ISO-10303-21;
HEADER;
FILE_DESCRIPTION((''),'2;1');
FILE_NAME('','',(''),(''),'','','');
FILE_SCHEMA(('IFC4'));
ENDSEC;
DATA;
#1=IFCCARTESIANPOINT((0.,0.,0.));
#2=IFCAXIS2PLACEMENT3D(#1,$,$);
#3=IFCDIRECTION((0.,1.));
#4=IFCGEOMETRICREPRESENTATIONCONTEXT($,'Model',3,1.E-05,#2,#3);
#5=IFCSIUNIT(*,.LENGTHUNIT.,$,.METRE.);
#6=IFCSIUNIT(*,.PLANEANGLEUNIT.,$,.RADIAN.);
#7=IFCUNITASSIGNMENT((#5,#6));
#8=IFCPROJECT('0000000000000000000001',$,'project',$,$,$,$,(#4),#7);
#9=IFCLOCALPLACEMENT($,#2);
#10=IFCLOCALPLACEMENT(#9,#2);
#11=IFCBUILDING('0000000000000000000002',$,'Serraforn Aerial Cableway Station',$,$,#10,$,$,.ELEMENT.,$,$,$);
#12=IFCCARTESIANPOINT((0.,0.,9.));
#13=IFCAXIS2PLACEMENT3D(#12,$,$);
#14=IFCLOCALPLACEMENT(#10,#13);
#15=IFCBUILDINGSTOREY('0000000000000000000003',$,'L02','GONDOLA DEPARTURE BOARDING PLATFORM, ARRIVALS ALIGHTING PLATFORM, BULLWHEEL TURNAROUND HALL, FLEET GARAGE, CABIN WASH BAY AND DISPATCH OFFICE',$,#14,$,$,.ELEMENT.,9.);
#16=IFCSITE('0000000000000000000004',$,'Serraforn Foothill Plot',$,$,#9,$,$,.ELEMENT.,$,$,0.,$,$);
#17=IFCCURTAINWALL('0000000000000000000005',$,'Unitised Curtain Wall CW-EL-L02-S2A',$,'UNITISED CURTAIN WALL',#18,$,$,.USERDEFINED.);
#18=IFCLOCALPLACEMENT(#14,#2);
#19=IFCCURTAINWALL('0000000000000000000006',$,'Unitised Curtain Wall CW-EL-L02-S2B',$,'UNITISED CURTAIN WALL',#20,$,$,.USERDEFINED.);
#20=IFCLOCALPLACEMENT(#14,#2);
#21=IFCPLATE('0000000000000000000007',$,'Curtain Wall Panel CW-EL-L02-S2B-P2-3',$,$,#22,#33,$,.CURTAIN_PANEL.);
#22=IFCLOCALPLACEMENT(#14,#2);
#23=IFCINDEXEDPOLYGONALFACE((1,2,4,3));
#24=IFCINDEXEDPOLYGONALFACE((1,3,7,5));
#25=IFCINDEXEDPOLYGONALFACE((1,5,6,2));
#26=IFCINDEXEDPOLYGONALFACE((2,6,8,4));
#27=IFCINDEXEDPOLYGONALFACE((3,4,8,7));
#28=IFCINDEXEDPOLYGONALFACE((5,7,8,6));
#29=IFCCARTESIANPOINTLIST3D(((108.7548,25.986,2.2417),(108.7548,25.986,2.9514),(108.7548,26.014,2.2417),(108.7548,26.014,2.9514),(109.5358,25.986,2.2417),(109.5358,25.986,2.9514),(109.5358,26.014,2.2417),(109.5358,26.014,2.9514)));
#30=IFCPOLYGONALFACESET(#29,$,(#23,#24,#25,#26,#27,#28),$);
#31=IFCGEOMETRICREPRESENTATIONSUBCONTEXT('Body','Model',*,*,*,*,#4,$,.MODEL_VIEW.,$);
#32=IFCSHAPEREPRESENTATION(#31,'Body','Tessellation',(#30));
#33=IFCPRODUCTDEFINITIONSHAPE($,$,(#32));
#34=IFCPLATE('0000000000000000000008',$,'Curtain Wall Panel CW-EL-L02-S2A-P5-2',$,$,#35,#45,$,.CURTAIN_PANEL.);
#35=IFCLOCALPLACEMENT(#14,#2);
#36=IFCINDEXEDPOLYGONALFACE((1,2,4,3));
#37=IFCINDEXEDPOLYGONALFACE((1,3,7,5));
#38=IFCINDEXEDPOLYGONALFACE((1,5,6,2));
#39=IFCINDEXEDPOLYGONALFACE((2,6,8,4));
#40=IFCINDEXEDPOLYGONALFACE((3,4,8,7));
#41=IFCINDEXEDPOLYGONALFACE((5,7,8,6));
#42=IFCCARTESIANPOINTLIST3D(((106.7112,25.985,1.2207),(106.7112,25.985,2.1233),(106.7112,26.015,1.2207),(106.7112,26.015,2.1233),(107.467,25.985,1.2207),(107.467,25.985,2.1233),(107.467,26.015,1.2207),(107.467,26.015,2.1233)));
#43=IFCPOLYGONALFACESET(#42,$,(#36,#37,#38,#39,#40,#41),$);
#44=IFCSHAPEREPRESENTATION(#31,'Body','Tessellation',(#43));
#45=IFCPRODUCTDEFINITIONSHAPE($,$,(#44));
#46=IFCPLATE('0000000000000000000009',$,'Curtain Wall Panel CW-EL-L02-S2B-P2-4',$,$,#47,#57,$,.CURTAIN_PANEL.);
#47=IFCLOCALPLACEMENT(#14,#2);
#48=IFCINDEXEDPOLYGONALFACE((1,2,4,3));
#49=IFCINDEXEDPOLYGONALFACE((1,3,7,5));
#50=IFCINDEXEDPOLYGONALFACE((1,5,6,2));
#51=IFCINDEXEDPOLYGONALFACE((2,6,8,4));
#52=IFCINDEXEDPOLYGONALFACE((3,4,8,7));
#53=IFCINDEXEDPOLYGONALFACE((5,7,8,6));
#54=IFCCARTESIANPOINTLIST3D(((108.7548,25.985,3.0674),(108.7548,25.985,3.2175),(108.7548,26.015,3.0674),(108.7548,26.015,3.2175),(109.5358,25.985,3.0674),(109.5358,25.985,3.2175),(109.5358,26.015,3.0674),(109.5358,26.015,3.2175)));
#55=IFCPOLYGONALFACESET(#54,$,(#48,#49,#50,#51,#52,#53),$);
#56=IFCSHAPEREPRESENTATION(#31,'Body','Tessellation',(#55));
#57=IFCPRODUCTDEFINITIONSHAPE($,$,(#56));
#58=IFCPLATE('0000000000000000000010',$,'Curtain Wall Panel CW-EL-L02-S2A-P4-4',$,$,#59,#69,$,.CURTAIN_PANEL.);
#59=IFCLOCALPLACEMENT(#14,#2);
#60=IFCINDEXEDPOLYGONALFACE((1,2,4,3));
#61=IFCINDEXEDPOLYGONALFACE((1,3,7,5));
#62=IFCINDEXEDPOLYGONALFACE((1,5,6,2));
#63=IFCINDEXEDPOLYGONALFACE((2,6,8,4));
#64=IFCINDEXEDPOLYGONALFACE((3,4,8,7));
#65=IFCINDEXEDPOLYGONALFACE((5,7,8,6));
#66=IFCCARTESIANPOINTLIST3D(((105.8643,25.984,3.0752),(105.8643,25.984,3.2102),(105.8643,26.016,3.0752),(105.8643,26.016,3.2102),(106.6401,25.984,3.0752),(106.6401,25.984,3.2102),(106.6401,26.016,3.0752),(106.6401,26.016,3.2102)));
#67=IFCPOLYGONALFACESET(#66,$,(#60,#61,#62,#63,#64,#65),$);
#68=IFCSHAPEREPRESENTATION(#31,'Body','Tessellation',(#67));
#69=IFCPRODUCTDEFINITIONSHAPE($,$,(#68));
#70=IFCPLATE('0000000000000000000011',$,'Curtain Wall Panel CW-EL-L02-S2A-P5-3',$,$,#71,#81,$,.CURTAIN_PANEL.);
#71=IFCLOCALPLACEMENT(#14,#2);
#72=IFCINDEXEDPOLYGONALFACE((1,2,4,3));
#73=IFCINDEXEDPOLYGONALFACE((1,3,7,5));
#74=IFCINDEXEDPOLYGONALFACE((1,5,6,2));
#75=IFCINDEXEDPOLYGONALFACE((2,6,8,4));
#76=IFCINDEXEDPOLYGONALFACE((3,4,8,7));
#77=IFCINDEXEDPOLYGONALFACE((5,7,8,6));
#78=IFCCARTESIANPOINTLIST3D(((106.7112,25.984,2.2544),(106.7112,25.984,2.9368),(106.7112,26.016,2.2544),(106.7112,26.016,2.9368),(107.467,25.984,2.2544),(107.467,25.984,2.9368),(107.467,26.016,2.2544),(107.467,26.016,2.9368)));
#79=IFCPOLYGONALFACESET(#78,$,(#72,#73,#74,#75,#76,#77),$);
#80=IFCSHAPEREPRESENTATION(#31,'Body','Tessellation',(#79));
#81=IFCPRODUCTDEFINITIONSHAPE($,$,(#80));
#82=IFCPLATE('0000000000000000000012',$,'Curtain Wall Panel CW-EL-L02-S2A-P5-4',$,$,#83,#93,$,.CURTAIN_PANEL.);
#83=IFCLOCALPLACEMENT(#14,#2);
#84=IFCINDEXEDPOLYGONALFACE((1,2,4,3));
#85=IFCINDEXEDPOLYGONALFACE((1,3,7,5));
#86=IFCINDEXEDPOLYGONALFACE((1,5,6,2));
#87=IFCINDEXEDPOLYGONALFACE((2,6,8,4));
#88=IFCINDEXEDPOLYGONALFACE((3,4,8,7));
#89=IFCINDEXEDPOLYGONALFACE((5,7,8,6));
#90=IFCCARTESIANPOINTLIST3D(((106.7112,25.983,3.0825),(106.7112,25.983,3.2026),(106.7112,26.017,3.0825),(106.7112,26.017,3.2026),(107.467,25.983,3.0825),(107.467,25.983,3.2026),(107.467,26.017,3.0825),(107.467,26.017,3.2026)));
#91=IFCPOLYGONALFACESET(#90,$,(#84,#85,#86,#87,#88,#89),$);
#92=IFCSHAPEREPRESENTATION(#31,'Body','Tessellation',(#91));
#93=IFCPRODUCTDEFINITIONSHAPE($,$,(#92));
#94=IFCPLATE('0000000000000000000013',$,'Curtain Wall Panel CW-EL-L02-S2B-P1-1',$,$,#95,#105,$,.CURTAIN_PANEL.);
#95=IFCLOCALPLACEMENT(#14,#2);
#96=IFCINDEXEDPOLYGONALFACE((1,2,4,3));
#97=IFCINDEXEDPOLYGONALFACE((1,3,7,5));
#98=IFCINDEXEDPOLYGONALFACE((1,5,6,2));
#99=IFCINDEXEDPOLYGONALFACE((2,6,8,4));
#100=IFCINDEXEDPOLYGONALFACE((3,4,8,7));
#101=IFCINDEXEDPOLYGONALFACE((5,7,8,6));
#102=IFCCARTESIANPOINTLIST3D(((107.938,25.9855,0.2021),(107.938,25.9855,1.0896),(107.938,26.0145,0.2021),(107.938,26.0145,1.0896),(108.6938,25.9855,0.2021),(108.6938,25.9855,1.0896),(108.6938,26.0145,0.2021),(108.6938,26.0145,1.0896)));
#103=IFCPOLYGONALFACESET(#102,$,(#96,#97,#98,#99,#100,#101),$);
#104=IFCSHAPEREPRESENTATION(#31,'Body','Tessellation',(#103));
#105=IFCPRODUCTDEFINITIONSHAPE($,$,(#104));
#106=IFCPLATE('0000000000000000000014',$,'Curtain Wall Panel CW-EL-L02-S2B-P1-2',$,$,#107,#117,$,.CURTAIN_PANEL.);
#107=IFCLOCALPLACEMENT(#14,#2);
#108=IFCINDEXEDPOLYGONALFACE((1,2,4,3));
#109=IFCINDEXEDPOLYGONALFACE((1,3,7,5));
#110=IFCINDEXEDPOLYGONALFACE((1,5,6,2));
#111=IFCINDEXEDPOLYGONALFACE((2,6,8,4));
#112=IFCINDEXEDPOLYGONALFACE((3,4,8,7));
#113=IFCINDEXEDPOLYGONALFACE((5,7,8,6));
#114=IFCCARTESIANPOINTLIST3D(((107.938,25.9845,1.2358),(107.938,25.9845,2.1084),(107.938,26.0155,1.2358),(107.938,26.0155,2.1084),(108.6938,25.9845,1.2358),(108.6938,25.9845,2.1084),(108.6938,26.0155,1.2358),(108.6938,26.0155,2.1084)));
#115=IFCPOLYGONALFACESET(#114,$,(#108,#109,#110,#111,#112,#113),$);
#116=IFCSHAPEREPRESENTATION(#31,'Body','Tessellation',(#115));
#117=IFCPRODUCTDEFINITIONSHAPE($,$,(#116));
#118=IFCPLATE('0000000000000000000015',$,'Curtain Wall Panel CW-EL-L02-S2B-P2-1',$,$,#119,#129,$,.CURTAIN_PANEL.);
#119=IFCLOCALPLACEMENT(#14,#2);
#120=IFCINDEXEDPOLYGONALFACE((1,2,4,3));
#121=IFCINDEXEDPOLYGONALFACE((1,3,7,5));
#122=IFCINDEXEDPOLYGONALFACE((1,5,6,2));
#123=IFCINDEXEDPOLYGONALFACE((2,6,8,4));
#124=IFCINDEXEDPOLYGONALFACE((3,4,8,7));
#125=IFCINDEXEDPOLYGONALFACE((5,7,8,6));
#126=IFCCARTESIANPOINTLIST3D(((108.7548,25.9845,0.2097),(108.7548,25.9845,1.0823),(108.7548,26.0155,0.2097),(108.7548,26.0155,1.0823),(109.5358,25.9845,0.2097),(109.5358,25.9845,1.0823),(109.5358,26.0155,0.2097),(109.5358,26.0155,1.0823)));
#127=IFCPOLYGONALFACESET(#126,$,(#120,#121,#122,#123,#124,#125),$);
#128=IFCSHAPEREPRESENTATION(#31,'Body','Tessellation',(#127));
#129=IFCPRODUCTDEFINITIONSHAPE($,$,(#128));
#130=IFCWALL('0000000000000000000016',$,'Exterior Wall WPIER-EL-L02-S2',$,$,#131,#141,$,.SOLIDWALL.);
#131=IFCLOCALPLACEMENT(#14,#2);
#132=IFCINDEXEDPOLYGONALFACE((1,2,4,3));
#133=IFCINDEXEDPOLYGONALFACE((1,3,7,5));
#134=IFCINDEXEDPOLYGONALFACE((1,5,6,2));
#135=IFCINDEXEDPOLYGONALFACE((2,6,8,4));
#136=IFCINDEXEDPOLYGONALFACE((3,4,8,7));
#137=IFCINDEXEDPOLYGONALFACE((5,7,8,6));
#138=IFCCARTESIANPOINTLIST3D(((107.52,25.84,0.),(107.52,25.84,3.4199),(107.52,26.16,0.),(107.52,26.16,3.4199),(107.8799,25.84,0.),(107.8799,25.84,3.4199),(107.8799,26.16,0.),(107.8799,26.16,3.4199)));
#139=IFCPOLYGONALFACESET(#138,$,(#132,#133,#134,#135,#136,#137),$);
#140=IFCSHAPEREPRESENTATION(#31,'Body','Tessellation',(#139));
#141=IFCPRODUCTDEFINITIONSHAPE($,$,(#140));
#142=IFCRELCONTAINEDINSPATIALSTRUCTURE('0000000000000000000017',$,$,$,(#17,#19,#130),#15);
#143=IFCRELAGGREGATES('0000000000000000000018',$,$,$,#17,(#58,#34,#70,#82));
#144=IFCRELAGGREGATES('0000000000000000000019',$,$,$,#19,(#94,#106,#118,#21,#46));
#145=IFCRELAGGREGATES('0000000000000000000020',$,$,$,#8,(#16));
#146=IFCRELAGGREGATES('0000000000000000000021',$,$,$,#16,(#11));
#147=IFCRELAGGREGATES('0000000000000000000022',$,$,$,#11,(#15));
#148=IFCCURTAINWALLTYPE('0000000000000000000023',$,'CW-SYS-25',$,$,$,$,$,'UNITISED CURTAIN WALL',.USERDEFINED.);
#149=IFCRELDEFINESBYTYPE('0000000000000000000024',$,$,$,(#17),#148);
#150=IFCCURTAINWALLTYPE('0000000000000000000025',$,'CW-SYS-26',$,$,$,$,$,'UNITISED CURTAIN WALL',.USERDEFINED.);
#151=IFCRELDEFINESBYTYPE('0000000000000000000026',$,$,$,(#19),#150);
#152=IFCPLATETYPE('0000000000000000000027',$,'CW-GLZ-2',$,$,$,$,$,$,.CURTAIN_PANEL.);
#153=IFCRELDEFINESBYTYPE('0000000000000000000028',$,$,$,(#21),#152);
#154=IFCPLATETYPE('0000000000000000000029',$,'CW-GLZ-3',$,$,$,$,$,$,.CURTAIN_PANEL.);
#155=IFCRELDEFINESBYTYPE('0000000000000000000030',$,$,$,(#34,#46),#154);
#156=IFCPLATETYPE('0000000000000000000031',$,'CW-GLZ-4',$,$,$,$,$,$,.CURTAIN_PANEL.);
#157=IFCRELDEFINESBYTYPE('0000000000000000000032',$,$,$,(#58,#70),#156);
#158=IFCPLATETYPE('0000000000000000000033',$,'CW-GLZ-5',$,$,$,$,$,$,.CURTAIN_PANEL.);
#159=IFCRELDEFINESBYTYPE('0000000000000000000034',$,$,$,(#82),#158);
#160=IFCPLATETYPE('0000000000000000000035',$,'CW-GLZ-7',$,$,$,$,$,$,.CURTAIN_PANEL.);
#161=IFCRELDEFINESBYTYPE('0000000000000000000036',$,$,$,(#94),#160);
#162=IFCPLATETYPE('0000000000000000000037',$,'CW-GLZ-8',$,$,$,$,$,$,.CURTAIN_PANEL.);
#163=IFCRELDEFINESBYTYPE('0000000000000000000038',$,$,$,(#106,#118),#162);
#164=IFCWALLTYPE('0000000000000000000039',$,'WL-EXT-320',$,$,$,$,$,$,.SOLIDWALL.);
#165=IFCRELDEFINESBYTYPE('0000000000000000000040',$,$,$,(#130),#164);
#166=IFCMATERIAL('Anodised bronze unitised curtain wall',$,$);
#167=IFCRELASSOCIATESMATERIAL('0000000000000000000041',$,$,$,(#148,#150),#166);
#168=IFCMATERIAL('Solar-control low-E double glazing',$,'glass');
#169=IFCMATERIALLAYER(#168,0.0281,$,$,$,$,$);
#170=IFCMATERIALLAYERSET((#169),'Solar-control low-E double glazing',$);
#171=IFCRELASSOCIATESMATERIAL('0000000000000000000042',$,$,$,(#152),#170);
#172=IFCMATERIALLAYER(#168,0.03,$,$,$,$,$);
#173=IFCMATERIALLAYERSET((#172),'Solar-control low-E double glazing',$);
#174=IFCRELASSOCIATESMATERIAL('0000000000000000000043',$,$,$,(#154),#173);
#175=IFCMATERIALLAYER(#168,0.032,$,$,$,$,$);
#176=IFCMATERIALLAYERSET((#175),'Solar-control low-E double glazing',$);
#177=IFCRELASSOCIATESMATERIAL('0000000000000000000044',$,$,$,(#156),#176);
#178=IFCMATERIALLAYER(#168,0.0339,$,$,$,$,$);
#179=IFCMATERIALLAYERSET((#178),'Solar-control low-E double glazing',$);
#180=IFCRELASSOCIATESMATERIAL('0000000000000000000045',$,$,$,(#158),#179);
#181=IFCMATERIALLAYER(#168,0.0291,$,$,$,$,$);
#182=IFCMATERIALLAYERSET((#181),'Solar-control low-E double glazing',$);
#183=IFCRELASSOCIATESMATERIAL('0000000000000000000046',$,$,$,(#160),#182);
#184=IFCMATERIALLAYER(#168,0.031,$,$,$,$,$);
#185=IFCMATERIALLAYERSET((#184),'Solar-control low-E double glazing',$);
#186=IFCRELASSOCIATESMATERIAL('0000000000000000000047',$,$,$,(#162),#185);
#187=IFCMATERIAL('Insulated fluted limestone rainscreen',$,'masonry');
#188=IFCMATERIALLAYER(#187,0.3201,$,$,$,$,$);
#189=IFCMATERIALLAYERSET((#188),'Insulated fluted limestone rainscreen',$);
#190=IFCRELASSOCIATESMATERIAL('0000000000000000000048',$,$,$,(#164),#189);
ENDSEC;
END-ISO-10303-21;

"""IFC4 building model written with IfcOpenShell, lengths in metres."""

from ifc_helpers import new_model, si_unit, direction, frame, frame_2d, origin, origin_2d, place, context, subcontext, project, spatial, rectangle, extrude, material, layer, layer_set, type_object, element, aggregate, save


model = new_model("IFC4")

# Units and contexts
model_context = context("Model", 3, precision=1e-05, world=origin(), true_north=direction((0.0, 1.0)))
body_context = subcontext(model_context, "Body", "Model", "MODEL_VIEW")
ifc_project = project(units=[si_unit("LENGTHUNIT", "METRE"), si_unit("PLANEANGLEUNIT", "RADIAN")], contexts=[model_context])

# Site, building, storey
site_placement = place(None, origin())
site = spatial("IfcSite", under=ifc_project, at=site_placement, Name="Serraforn Foothill Plot", CompositionType="ELEMENT", RefElevation=0.0)
building_placement = place(site_placement, origin())
building = spatial("IfcBuilding", under=site, at=building_placement, Name="Serraforn Aerial Cableway Station", CompositionType="ELEMENT")
storey_placement = place(building_placement, frame((0.0, 0.0, 9.0)))
storey = spatial("IfcBuildingStorey", under=building, at=storey_placement, Name="L02", Description="GONDOLA DEPARTURE BOARDING PLATFORM, ARRIVALS ALIGHTING PLATFORM, BULLWHEEL TURNAROUND HALL, FLEET GARAGE, CABIN WASH BAY AND DISPATCH OFFICE", CompositionType="ELEMENT", Elevation=9.0)

# Curtain wall
ifc_material_1 = material(Name="Anodised bronze unitised curtain wall")
curtain_wall_type_1 = type_object("IfcCurtainWallType", Name="CW-SYS-25", ElementType="UNITISED CURTAIN WALL", PredefinedType="USERDEFINED", material=ifc_material_1)
curtain_wall_1_placement = place(storey_placement, origin())
curtain_wall_1 = element("IfcCurtainWall", 1, at=curtain_wall_1_placement, inside=storey, type_object=curtain_wall_type_1, Name="Unitised Curtain Wall CW-EL-L02-S2A", ObjectType="UNITISED CURTAIN WALL", PredefinedType="USERDEFINED")

# Curtain wall
curtain_wall_type_2 = type_object("IfcCurtainWallType", Name="CW-SYS-26", ElementType="UNITISED CURTAIN WALL", PredefinedType="USERDEFINED", material=ifc_material_1)
curtain_wall_2_placement = place(storey_placement, origin())
curtain_wall_2 = element("IfcCurtainWall", 2, at=curtain_wall_2_placement, inside=storey, type_object=curtain_wall_type_2, Name="Unitised Curtain Wall CW-EL-L02-S2B", ObjectType="UNITISED CURTAIN WALL", PredefinedType="USERDEFINED")

# Plates
ifc_material_2 = material(Name="Solar-control low-E double glazing", Category="glass")
ifc_layer_1 = layer(ifc_material_2, 0.0281)
ifc_layer_set_1 = layer_set([ifc_layer_1], Name="Solar-control low-E double glazing")
plate_type_1 = type_object("IfcPlateType", Name="CW-GLZ-2", PredefinedType="CURTAIN_PANEL", material=ifc_layer_set_1)
plate_1_placement = place(storey_placement, frame((109.1453, 26.0, 2.2417), z_axis=(0.0, 0.0, 1.0), x_axis=(1.0, 0.0, 0.0)))
plate_1 = element("IfcPlate", 3, at=plate_1_placement, type_object=plate_type_1, Name="Curtain Wall Panel CW-EL-L02-S2B-P2-3", PredefinedType="CURTAIN_PANEL", context=body_context, shape_type="SweptSolid", body=[
    extrude(rectangle(XDim=0.781, YDim=0.0281, at=origin_2d()), origin(), (0.0, 0.0, 1.0), 0.7097),
])
ifc_layer_2 = layer(ifc_material_2, 0.03)
ifc_layer_set_2 = layer_set([ifc_layer_2], Name="Solar-control low-E double glazing")
plate_type_2 = type_object("IfcPlateType", Name="CW-GLZ-3", PredefinedType="CURTAIN_PANEL", material=ifc_layer_set_2)
plate_2_placement = place(storey_placement, frame((107.0891, 26.0, 1.2207), z_axis=(0.0, 0.0, 1.0), x_axis=(1.0, 0.0, 0.0)))
plate_2 = element("IfcPlate", 4, at=plate_2_placement, type_object=plate_type_2, Name="Curtain Wall Panel CW-EL-L02-S2A-P5-2", PredefinedType="CURTAIN_PANEL", context=body_context, shape_type="SweptSolid", body=[
    extrude(rectangle(XDim=0.7559, YDim=0.03, at=origin_2d()), origin(), (0.0, 0.0, 1.0), 0.9026),
])
plate_3_placement = place(storey_placement, frame((109.1453, 26.0, 3.0674), z_axis=(0.0, 0.0, 1.0), x_axis=(1.0, 0.0, 0.0)))
plate_3 = element("IfcPlate", 5, at=plate_3_placement, type_object=plate_type_2, Name="Curtain Wall Panel CW-EL-L02-S2B-P2-4", PredefinedType="CURTAIN_PANEL", context=body_context, shape_type="SweptSolid", body=[
    extrude(rectangle(XDim=0.781, YDim=0.03, at=origin_2d()), origin(), (0.0, 0.0, 1.0), 0.1501),
])
ifc_layer_3 = layer(ifc_material_2, 0.032)
ifc_layer_set_3 = layer_set([ifc_layer_3], Name="Solar-control low-E double glazing")
plate_type_3 = type_object("IfcPlateType", Name="CW-GLZ-4", PredefinedType="CURTAIN_PANEL", material=ifc_layer_set_3)
plate_4_placement = place(storey_placement, frame((106.2522, 26.0, 3.0752), z_axis=(0.0, 0.0, 1.0), x_axis=(1.0, 0.0, 0.0)))
plate_4 = element("IfcPlate", 6, at=plate_4_placement, type_object=plate_type_3, Name="Curtain Wall Panel CW-EL-L02-S2A-P4-4", PredefinedType="CURTAIN_PANEL", context=body_context, shape_type="SweptSolid", body=[
    extrude(rectangle(XDim=0.7759, YDim=0.032, at=origin_2d()), origin(), (0.0, 0.0, 1.0), 0.135),
])
plate_5_placement = place(storey_placement, frame((107.0891, 26.0, 2.2544), z_axis=(0.0, 0.0, 1.0), x_axis=(1.0, 0.0, 0.0)))
plate_5 = element("IfcPlate", 7, at=plate_5_placement, type_object=plate_type_3, Name="Curtain Wall Panel CW-EL-L02-S2A-P5-3", PredefinedType="CURTAIN_PANEL", context=body_context, shape_type="SweptSolid", body=[
    extrude(rectangle(XDim=0.7559, YDim=0.032, at=origin_2d()), origin(), (0.0, 0.0, 1.0), 0.6824),
])
ifc_layer_4 = layer(ifc_material_2, 0.0339)
ifc_layer_set_4 = layer_set([ifc_layer_4], Name="Solar-control low-E double glazing")
plate_type_4 = type_object("IfcPlateType", Name="CW-GLZ-5", PredefinedType="CURTAIN_PANEL", material=ifc_layer_set_4)
plate_6_placement = place(storey_placement, frame((107.0891, 26.0, 3.0825), z_axis=(0.0, 0.0, 1.0), x_axis=(1.0, 0.0, 0.0)))
plate_6 = element("IfcPlate", 8, at=plate_6_placement, type_object=plate_type_4, Name="Curtain Wall Panel CW-EL-L02-S2A-P5-4", PredefinedType="CURTAIN_PANEL", context=body_context, shape_type="SweptSolid", body=[
    extrude(rectangle(XDim=0.7559, YDim=0.0339, at=origin_2d()), origin(), (0.0, 0.0, 1.0), 0.1201),
])
aggregate(curtain_wall_1, [plate_4, plate_2, plate_5, plate_6])
ifc_layer_5 = layer(ifc_material_2, 0.0291)
ifc_layer_set_5 = layer_set([ifc_layer_5], Name="Solar-control low-E double glazing")
plate_type_5 = type_object("IfcPlateType", Name="CW-GLZ-7", PredefinedType="CURTAIN_PANEL", material=ifc_layer_set_5)
plate_7_placement = place(storey_placement, frame((108.3159, 26.0, 0.2021), z_axis=(0.0, 0.0, 1.0), x_axis=(1.0, 0.0, 0.0)))
plate_7 = element("IfcPlate", 9, at=plate_7_placement, type_object=plate_type_5, Name="Curtain Wall Panel CW-EL-L02-S2B-P1-1", PredefinedType="CURTAIN_PANEL", context=body_context, shape_type="SweptSolid", body=[
    extrude(rectangle(XDim=0.7559, YDim=0.0291, at=origin_2d()), origin(), (0.0, 0.0, 1.0), 0.8875),
])
ifc_layer_6 = layer(ifc_material_2, 0.031)
ifc_layer_set_6 = layer_set([ifc_layer_6], Name="Solar-control low-E double glazing")
plate_type_6 = type_object("IfcPlateType", Name="CW-GLZ-8", PredefinedType="CURTAIN_PANEL", material=ifc_layer_set_6)
plate_8_placement = place(storey_placement, frame((108.3159, 26.0, 1.2358), z_axis=(0.0, 0.0, 1.0), x_axis=(1.0, 0.0, 0.0)))
plate_8 = element("IfcPlate", 10, at=plate_8_placement, type_object=plate_type_6, Name="Curtain Wall Panel CW-EL-L02-S2B-P1-2", PredefinedType="CURTAIN_PANEL", context=body_context, shape_type="SweptSolid", body=[
    extrude(rectangle(XDim=0.7559, YDim=0.031, at=origin_2d()), origin(), (0.0, 0.0, 1.0), 0.8726),
])
plate_9_placement = place(storey_placement, frame((109.1453, 26.0, 0.2097), z_axis=(0.0, 0.0, 1.0), x_axis=(1.0, 0.0, 0.0)))
plate_9 = element("IfcPlate", 11, at=plate_9_placement, type_object=plate_type_6, Name="Curtain Wall Panel CW-EL-L02-S2B-P2-1", PredefinedType="CURTAIN_PANEL", context=body_context, shape_type="SweptSolid", body=[
    extrude(rectangle(XDim=0.781, YDim=0.031, at=origin_2d()), origin(), (0.0, 0.0, 1.0), 0.8726),
])
aggregate(curtain_wall_2, [plate_7, plate_8, plate_9, plate_1, plate_3])

# Wall
ifc_material_3 = material(Name="Insulated fluted limestone rainscreen", Category="masonry")
ifc_layer_7 = layer(ifc_material_3, 0.3201)
ifc_layer_set_7 = layer_set([ifc_layer_7], Name="Insulated fluted limestone rainscreen")
wall_type = type_object("IfcWallType", Name="WL-EXT-320", PredefinedType="SOLIDWALL", material=ifc_layer_set_7)
wall_placement = place(storey_placement, frame((107.52, 26.0, 0.0), z_axis=(0.0, 0.0, 1.0), x_axis=(1.0, 0.0, 0.0)))
element("IfcWall", 12, at=wall_placement, inside=storey, type_object=wall_type, Name="Exterior Wall WPIER-EL-L02-S2", PredefinedType="SOLIDWALL", context=body_context, shape_type="SweptSolid", body=[
    extrude(rectangle(XDim=0.3599, YDim=0.3201, at=frame_2d((0.1799, 0.0))), origin(), (0.0, 0.0, 1.0), 3.4199),
])

save(model, "model.ifc")
